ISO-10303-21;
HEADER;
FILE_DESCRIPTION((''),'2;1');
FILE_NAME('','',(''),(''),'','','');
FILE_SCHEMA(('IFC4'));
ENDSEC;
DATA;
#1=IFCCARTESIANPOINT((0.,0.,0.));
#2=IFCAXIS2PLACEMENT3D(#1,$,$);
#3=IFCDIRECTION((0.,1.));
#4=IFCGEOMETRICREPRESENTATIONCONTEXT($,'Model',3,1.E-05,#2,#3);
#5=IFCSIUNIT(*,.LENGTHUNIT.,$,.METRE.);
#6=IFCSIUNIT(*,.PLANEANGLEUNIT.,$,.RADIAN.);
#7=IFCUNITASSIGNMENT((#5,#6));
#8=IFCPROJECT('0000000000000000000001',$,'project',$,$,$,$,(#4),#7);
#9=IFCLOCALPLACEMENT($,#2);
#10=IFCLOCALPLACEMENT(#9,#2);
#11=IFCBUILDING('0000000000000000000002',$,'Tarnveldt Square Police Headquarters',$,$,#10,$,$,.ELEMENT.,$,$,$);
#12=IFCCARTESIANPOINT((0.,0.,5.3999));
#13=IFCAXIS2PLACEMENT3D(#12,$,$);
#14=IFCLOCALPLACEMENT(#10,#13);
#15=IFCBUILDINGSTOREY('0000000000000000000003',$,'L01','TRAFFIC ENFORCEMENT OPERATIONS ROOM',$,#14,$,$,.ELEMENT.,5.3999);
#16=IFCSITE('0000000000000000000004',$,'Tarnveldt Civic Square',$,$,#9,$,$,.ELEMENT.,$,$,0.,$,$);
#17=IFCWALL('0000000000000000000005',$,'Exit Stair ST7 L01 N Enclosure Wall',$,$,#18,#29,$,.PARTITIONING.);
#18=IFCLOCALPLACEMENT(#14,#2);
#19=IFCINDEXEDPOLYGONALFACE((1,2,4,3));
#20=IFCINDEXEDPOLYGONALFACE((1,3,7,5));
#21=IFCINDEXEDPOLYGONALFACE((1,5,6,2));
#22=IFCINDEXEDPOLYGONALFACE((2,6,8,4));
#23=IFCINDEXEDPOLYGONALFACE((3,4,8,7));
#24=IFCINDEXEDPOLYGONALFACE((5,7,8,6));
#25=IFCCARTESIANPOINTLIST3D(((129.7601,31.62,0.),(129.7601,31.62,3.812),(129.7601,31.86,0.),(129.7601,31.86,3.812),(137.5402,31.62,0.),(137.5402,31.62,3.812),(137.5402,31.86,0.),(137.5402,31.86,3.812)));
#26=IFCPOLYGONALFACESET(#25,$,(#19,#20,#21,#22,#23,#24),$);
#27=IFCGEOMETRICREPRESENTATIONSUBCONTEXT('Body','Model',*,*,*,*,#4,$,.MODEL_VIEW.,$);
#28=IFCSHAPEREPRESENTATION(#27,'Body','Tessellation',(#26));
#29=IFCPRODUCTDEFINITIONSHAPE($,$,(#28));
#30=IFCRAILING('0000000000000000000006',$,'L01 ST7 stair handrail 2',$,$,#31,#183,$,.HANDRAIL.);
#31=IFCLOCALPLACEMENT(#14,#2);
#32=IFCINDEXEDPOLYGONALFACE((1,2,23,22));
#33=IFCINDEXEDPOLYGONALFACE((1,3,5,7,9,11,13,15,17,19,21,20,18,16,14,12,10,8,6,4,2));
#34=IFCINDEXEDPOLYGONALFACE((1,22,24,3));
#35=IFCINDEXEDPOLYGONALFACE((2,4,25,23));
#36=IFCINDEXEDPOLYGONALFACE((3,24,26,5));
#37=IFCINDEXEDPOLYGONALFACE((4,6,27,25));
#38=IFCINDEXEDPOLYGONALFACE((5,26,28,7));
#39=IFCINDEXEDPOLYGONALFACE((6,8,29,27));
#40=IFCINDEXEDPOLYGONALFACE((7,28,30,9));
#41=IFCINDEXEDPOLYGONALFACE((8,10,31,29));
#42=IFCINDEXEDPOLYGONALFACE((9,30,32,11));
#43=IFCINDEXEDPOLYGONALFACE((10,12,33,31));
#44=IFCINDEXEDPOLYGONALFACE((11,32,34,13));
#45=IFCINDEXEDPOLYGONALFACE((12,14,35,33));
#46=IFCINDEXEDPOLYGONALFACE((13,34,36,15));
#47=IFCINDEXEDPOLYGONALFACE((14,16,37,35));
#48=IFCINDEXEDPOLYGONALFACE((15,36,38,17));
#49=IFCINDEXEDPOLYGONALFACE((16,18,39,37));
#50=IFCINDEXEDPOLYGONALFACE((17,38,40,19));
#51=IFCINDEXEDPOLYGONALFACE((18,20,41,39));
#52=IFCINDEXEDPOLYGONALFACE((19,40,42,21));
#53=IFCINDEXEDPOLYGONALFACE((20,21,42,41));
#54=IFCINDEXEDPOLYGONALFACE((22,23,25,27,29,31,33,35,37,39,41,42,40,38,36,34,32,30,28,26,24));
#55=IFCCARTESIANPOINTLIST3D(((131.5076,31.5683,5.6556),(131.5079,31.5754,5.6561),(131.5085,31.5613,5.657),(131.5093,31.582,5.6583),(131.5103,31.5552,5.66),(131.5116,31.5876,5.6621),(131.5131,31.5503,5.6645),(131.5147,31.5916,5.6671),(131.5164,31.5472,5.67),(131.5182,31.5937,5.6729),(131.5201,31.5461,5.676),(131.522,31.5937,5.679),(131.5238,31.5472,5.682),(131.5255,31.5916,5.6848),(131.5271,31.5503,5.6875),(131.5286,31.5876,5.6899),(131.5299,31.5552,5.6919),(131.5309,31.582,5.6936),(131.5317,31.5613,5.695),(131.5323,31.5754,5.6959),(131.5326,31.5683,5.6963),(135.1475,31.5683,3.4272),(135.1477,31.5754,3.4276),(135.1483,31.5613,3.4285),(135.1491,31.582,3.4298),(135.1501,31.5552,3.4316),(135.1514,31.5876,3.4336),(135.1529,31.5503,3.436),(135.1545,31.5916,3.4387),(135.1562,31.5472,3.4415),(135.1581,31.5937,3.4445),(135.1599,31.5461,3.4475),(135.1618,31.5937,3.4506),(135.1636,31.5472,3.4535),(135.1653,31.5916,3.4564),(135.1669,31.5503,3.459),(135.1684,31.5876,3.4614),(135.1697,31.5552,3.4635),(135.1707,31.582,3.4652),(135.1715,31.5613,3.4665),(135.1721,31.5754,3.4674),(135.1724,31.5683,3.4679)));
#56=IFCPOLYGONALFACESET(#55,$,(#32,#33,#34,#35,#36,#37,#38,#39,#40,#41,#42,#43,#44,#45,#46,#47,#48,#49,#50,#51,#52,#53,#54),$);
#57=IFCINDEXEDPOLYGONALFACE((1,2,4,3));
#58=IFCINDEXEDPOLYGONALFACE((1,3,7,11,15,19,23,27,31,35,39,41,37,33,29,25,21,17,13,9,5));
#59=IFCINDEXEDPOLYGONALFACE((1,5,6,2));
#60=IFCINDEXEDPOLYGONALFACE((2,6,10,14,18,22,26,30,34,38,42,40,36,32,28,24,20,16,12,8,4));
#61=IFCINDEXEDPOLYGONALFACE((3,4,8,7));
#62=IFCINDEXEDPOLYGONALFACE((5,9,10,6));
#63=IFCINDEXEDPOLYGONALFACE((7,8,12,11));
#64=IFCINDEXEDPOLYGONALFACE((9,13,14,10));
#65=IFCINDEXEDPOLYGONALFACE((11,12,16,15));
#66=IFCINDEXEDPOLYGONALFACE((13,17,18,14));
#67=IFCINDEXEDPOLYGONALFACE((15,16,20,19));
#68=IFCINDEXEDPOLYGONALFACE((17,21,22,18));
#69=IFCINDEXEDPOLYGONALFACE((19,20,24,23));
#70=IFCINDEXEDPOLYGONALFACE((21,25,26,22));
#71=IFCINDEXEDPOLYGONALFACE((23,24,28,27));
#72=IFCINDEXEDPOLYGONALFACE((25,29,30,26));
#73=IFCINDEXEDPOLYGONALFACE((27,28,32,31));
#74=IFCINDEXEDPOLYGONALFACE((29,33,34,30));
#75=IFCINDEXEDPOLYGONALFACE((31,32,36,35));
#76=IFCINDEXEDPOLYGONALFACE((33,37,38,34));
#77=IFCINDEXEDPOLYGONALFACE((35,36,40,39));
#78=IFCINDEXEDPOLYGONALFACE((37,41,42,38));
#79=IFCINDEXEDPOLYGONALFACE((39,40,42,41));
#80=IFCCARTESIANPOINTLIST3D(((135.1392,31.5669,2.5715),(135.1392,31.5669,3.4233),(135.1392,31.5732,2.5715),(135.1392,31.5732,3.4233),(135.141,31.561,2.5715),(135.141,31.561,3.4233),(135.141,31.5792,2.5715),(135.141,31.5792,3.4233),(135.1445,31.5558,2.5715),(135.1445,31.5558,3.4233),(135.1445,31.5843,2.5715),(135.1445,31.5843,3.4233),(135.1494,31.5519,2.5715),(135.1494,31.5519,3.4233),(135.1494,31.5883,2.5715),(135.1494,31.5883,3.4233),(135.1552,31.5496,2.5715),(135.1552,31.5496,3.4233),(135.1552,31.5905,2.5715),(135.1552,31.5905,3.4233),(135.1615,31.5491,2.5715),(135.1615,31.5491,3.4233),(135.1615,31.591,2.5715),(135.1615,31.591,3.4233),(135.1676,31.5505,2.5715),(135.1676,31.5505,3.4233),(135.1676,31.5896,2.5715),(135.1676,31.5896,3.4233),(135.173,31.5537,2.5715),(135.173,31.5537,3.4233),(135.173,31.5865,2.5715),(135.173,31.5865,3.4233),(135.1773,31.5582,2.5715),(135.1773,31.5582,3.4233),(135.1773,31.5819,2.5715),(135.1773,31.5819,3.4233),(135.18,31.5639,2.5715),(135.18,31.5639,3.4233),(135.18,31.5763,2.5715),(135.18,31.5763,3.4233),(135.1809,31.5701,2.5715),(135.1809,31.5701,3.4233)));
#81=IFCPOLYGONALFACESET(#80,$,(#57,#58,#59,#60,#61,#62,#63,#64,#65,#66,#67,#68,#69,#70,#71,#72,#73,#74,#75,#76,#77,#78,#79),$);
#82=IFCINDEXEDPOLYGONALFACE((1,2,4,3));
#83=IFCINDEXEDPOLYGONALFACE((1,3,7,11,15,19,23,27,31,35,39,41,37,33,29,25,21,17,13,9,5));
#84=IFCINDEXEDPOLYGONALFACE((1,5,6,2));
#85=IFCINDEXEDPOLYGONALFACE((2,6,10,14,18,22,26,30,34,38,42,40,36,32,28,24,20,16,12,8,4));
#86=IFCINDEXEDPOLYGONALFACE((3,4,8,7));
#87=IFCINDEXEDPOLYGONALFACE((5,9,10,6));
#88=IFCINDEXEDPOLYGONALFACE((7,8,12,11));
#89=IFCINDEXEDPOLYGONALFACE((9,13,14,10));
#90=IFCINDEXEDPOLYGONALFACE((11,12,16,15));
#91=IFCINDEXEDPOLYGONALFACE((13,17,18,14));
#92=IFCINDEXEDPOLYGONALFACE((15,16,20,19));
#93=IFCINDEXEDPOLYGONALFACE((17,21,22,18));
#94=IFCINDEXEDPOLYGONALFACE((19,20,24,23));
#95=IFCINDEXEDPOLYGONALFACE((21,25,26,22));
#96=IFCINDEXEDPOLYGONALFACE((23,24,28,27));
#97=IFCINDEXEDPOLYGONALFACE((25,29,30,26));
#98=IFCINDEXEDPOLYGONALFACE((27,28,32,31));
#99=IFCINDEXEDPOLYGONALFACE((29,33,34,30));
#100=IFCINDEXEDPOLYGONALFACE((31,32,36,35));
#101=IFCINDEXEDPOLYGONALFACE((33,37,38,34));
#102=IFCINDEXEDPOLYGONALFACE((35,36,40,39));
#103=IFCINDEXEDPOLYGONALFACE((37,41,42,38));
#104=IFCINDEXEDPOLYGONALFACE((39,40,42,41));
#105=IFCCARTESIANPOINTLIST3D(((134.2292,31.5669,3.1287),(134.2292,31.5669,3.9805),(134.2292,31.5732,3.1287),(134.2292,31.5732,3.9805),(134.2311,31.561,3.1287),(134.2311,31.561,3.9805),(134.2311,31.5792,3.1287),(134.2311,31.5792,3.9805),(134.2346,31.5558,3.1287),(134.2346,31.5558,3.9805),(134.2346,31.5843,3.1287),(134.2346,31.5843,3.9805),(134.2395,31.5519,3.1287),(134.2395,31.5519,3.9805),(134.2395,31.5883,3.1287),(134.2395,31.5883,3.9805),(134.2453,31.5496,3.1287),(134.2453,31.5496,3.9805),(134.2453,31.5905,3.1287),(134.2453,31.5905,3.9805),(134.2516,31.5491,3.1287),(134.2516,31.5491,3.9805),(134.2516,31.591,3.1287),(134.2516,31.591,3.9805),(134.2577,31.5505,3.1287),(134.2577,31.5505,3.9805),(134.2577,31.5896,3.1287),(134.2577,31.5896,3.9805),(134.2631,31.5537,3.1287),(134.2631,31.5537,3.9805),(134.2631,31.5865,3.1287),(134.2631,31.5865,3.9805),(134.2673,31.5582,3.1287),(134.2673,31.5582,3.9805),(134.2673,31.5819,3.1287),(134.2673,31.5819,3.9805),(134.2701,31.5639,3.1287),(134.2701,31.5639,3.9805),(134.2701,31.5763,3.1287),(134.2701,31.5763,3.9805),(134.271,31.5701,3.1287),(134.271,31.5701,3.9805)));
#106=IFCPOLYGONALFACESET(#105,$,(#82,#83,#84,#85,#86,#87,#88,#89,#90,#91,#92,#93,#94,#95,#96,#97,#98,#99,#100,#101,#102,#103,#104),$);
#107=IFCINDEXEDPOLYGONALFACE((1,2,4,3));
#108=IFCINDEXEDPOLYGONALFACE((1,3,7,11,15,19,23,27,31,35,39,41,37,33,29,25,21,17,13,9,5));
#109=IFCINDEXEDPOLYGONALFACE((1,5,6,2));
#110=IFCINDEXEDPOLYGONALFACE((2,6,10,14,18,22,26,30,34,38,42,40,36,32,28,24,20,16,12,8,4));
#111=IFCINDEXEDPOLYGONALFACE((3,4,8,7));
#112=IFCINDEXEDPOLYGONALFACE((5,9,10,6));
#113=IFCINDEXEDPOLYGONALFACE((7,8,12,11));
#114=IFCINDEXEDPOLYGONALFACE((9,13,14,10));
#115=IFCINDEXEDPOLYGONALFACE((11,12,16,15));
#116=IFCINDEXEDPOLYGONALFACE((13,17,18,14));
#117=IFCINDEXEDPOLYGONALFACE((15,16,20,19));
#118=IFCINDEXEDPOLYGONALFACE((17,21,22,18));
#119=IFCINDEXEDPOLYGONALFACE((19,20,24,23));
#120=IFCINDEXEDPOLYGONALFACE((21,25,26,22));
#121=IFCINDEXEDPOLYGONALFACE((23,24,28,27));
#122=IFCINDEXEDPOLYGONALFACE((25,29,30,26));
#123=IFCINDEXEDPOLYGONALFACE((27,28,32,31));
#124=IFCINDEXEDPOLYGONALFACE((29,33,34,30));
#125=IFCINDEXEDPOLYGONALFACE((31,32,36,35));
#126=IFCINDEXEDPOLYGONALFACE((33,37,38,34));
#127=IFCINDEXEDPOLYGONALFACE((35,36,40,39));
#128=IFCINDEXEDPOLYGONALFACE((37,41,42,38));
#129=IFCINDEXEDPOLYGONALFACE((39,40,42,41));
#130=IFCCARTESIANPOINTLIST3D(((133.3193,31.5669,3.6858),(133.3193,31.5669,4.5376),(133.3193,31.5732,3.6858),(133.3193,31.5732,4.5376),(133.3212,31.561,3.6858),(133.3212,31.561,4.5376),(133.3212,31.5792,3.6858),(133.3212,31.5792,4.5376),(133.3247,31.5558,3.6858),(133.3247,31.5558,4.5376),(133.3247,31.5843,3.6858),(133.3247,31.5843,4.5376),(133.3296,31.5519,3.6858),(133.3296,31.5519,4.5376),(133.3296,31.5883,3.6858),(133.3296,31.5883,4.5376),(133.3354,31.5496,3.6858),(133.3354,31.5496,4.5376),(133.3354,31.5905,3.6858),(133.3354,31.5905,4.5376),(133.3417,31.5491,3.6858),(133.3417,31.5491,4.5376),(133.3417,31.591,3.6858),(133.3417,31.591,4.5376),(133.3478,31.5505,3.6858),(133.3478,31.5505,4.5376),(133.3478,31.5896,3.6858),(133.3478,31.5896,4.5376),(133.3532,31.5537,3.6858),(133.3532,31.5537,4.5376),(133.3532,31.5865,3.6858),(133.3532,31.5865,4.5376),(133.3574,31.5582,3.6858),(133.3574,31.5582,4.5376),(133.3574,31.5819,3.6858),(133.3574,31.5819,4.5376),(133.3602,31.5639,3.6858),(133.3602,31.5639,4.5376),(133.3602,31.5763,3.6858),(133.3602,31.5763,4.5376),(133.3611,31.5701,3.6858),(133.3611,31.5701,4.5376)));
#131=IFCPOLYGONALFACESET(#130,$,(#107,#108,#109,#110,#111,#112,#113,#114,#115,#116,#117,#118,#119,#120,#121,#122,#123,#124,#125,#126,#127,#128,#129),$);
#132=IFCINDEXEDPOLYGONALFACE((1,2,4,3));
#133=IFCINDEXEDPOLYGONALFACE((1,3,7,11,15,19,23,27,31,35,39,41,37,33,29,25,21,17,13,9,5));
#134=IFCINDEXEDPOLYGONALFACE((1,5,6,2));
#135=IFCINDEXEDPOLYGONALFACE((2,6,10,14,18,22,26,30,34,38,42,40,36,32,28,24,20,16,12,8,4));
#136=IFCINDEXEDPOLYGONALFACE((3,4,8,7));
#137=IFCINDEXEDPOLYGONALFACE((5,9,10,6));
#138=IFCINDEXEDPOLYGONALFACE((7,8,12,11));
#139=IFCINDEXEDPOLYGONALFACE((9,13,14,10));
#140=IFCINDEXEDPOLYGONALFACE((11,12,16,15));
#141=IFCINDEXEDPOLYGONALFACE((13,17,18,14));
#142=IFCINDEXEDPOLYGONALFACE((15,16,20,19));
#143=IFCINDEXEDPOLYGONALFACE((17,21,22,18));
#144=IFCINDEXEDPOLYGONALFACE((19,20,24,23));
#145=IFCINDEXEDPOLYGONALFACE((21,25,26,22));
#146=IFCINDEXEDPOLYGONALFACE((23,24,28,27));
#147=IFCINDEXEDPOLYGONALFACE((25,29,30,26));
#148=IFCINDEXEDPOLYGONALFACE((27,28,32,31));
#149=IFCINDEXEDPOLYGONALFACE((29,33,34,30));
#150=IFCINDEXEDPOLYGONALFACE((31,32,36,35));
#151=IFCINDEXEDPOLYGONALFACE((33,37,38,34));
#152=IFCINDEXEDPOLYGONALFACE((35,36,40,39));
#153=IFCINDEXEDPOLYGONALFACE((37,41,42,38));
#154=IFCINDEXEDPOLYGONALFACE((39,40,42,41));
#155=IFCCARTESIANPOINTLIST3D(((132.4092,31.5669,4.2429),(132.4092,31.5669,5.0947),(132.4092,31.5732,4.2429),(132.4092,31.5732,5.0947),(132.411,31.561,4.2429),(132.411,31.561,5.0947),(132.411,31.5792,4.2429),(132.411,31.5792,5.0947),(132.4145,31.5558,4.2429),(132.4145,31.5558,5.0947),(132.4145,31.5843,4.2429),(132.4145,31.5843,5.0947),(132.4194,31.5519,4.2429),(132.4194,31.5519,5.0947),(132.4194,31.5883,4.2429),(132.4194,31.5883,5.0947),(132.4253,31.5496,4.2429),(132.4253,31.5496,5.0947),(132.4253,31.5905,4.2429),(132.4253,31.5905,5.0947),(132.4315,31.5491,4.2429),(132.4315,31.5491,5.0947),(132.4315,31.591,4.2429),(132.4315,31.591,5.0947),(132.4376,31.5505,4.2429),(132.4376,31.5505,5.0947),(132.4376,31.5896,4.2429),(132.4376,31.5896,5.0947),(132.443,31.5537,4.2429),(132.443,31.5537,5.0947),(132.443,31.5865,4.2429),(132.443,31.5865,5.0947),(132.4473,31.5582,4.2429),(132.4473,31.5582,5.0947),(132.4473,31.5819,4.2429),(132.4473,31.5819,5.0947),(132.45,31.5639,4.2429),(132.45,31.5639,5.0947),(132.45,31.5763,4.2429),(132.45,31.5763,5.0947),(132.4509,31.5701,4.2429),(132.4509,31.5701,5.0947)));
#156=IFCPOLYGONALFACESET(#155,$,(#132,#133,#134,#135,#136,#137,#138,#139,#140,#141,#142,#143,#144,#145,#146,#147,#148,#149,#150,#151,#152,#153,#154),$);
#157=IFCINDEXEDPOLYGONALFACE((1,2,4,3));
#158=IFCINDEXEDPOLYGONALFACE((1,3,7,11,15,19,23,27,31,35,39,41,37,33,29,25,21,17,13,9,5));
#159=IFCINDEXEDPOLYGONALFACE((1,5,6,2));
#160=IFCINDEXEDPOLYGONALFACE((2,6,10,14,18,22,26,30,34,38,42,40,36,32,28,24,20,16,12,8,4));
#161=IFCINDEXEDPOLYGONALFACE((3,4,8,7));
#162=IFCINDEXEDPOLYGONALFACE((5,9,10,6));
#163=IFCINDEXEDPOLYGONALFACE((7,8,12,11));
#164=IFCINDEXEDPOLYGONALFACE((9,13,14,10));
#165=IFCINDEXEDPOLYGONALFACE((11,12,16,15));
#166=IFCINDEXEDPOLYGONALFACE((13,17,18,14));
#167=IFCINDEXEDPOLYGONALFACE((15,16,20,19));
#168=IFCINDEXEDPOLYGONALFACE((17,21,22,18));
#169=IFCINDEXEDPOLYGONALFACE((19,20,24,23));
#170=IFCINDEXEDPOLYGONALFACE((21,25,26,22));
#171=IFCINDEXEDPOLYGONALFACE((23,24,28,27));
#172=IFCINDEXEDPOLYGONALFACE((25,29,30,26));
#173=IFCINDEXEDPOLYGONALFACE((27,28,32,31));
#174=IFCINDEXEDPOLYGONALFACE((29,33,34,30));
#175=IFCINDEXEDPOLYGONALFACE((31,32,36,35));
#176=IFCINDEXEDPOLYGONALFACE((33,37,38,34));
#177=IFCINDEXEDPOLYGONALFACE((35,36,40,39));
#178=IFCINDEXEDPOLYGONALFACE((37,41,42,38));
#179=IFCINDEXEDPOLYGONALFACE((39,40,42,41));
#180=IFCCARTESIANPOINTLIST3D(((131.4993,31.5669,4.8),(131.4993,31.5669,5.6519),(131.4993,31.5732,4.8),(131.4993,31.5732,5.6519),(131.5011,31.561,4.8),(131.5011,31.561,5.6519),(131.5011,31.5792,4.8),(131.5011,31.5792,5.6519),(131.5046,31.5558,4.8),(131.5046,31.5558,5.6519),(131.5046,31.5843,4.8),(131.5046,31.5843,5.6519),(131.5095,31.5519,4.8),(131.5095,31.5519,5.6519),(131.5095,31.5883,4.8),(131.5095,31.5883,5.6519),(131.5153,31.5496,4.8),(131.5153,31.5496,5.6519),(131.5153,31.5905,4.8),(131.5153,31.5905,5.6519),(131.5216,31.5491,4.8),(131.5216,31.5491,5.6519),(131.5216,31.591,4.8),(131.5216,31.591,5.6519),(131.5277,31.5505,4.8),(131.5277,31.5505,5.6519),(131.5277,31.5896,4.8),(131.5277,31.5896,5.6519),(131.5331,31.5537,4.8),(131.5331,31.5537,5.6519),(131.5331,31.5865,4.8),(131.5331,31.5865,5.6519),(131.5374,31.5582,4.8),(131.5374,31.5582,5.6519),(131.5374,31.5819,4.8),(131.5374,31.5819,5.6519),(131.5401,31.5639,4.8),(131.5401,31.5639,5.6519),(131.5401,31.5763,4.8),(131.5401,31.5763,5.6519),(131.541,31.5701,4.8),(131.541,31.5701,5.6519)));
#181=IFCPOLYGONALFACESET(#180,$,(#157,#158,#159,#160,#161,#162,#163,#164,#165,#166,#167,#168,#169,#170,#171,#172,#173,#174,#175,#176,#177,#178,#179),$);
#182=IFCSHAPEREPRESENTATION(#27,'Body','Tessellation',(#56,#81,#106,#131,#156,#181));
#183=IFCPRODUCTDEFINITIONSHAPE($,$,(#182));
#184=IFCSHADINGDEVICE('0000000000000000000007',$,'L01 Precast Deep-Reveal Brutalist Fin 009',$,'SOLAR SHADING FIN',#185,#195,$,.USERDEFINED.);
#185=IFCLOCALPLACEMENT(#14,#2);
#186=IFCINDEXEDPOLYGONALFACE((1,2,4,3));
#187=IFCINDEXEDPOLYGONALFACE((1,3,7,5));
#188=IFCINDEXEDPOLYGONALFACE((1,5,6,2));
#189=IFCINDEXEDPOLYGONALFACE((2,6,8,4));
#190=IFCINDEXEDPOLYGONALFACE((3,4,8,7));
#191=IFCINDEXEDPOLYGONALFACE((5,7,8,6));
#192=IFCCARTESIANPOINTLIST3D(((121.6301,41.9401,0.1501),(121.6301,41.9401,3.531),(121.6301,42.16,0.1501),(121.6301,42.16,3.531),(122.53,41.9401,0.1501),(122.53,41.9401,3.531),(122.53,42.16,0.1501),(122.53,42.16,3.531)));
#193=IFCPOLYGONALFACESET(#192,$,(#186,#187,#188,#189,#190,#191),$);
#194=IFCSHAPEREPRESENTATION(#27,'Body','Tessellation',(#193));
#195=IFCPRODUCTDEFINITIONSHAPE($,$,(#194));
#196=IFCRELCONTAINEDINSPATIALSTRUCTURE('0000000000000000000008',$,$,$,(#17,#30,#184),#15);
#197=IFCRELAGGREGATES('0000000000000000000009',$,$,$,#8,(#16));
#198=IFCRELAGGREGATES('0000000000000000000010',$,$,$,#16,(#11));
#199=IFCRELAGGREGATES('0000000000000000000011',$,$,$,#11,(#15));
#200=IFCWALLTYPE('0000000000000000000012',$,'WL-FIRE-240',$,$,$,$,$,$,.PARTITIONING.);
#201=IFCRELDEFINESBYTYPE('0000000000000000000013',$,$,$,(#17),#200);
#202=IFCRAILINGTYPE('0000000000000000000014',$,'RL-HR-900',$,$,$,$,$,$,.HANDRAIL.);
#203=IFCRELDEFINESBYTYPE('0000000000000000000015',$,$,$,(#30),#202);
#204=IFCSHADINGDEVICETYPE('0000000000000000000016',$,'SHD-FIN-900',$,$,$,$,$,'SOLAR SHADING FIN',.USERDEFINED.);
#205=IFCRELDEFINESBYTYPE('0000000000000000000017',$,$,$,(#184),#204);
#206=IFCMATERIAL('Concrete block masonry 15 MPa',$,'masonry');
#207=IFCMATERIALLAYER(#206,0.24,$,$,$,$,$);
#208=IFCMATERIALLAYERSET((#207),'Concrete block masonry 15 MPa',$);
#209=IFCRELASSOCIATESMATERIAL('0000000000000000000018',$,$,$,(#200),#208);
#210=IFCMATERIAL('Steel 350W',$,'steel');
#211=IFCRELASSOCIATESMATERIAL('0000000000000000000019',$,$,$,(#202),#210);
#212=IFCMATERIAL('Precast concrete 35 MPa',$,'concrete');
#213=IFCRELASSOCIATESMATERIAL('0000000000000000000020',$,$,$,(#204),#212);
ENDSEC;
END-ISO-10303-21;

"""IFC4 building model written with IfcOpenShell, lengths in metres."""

from ifc_helpers import new_model, si_unit, direction, frame, frame_2d, origin, origin_2d, place, context, subcontext, project, spatial, rectangle, circle, extrude, material, layer, layer_set, material_profile, profile_set, type_object, element, save


model = new_model("IFC4")

# Units and contexts
model_context = context("Model", 3, precision=1e-05, world=origin(), true_north=direction((0.0, 1.0)))
body_context = subcontext(model_context, "Body", "Model", "MODEL_VIEW")
ifc_project = project(units=[si_unit("LENGTHUNIT", "METRE"), si_unit("PLANEANGLEUNIT", "RADIAN")], contexts=[model_context])

# Site, building, storey
site_placement = place(None, origin())
site = spatial("IfcSite", under=ifc_project, at=site_placement, Name="Tarnveldt Civic Square", CompositionType="ELEMENT", RefElevation=0.0)
building_placement = place(site_placement, origin())
building = spatial("IfcBuilding", under=site, at=building_placement, Name="Tarnveldt Square Police Headquarters", CompositionType="ELEMENT")
storey_placement = place(building_placement, frame((0.0, 0.0, 5.3999)))
storey = spatial("IfcBuildingStorey", under=building, at=storey_placement, Name="L01", Description="TRAFFIC ENFORCEMENT OPERATIONS ROOM", CompositionType="ELEMENT", Elevation=5.3999)

# Shared definitions
ifc_material_1 = material(Name="Steel 350W", Category="steel")

# Wall
ifc_material_2 = material(Name="Concrete block masonry 15 MPa", Category="masonry")
ifc_layer_1 = layer(ifc_material_2, 0.24)
ifc_layer_set_1 = layer_set([ifc_layer_1], Name="Concrete block masonry 15 MPa")
wall_type_1 = type_object("IfcWallType", Name="WL-FIRE-240", PredefinedType="PARTITIONING", material=ifc_layer_set_1)
wall_1_placement = place(storey_placement, frame((129.76, 31.74, 0.0), z_axis=(0.0, 0.0, 1.0), x_axis=(1.0, 0.0, 0.0)))
element("IfcWall", 1, at=wall_1_placement, inside=storey, type_object=wall_type_1, Name="Exit Stair ST7 L01 N Enclosure Wall", PredefinedType="PARTITIONING", context=body_context, shape_type="SweptSolid", body=[
    extrude(rectangle(XDim=7.78, YDim=0.24, at=frame_2d((3.8901, 0.0))), origin(), (0.0, 0.0, 1.0), 3.812),
])

# Railing
railing_type = type_object("IfcRailingType", Name="RL-HR-900", PredefinedType="HANDRAIL", material=ifc_material_1)
railing_placement = place(storey_placement, frame((135.1599, 31.5701, 2.5715)))
element("IfcRailing", 2, at=railing_placement, inside=storey, type_object=railing_type, Name="L01 ST7 stair handrail 2", PredefinedType="HANDRAIL", context=body_context, shape_type="SweptSolid", body=[
    extrude(circle(Radius=0.0239, at=origin_2d()), frame((0.0, 0.0, 0.876), z_axis=(-0.85285, 0.0, 0.522156), x_axis=(0.0, -1.0, 0.0)), (0.0, 0.0, 1.0), 4.2678),
    extrude(circle(Radius=0.021, at=origin_2d()), origin(), (0.0, 0.0, 1.0), 0.8518),
    extrude(circle(Radius=0.021, at=origin_2d()), frame((-0.9099, 0.0, 0.5571)), (0.0, 0.0, 1.0), 0.8518),
    extrude(circle(Radius=0.021, at=origin_2d()), frame((-1.8198, 0.0, 1.1143)), (0.0, 0.0, 1.0), 0.8518),
    extrude(circle(Radius=0.021, at=origin_2d()), frame((-2.73, 0.0, 1.6714)), (0.0, 0.0, 1.0), 0.8518),
    extrude(circle(Radius=0.021, at=origin_2d()), frame((-3.6399, 0.0, 2.2285)), (0.0, 0.0, 1.0), 0.8518),
])

# Shading device
ifc_material_3 = material(Name="Precast concrete 35 MPa", Category="concrete")
ifc_material_profile_1 = material_profile(ifc_material_3, rectangle(XDim=0.22, YDim=0.8999, at=origin_2d()), Name="PC-FIN220x900")
ifc_profile_set_1 = profile_set([ifc_material_profile_1], Name="Precast concrete 35 MPa")
shading_device_type = type_object("IfcShadingDeviceType", Name="SHD-FIN-900", ElementType="SOLAR SHADING FIN", PredefinedType="USERDEFINED", material=ifc_profile_set_1)
shading_device_placement = place(storey_placement, frame((122.0801, 42.05, 0.1501), z_axis=(0.0, 0.0, 1.0), x_axis=(0.0, 1.0, 0.0)))
element("IfcShadingDevice", 3, at=shading_device_placement, inside=storey, type_object=shading_device_type, Name="L01 Precast Deep-Reveal Brutalist Fin 009", ObjectType="SOLAR SHADING FIN", PredefinedType="USERDEFINED", context=body_context, shape_type="SweptSolid", body=[
    extrude(rectangle(XDim=0.22, YDim=0.8999, at=origin_2d()), origin(), (0.0, 0.0, 1.0), 3.3809),
])

save(model, "model.ifc")
